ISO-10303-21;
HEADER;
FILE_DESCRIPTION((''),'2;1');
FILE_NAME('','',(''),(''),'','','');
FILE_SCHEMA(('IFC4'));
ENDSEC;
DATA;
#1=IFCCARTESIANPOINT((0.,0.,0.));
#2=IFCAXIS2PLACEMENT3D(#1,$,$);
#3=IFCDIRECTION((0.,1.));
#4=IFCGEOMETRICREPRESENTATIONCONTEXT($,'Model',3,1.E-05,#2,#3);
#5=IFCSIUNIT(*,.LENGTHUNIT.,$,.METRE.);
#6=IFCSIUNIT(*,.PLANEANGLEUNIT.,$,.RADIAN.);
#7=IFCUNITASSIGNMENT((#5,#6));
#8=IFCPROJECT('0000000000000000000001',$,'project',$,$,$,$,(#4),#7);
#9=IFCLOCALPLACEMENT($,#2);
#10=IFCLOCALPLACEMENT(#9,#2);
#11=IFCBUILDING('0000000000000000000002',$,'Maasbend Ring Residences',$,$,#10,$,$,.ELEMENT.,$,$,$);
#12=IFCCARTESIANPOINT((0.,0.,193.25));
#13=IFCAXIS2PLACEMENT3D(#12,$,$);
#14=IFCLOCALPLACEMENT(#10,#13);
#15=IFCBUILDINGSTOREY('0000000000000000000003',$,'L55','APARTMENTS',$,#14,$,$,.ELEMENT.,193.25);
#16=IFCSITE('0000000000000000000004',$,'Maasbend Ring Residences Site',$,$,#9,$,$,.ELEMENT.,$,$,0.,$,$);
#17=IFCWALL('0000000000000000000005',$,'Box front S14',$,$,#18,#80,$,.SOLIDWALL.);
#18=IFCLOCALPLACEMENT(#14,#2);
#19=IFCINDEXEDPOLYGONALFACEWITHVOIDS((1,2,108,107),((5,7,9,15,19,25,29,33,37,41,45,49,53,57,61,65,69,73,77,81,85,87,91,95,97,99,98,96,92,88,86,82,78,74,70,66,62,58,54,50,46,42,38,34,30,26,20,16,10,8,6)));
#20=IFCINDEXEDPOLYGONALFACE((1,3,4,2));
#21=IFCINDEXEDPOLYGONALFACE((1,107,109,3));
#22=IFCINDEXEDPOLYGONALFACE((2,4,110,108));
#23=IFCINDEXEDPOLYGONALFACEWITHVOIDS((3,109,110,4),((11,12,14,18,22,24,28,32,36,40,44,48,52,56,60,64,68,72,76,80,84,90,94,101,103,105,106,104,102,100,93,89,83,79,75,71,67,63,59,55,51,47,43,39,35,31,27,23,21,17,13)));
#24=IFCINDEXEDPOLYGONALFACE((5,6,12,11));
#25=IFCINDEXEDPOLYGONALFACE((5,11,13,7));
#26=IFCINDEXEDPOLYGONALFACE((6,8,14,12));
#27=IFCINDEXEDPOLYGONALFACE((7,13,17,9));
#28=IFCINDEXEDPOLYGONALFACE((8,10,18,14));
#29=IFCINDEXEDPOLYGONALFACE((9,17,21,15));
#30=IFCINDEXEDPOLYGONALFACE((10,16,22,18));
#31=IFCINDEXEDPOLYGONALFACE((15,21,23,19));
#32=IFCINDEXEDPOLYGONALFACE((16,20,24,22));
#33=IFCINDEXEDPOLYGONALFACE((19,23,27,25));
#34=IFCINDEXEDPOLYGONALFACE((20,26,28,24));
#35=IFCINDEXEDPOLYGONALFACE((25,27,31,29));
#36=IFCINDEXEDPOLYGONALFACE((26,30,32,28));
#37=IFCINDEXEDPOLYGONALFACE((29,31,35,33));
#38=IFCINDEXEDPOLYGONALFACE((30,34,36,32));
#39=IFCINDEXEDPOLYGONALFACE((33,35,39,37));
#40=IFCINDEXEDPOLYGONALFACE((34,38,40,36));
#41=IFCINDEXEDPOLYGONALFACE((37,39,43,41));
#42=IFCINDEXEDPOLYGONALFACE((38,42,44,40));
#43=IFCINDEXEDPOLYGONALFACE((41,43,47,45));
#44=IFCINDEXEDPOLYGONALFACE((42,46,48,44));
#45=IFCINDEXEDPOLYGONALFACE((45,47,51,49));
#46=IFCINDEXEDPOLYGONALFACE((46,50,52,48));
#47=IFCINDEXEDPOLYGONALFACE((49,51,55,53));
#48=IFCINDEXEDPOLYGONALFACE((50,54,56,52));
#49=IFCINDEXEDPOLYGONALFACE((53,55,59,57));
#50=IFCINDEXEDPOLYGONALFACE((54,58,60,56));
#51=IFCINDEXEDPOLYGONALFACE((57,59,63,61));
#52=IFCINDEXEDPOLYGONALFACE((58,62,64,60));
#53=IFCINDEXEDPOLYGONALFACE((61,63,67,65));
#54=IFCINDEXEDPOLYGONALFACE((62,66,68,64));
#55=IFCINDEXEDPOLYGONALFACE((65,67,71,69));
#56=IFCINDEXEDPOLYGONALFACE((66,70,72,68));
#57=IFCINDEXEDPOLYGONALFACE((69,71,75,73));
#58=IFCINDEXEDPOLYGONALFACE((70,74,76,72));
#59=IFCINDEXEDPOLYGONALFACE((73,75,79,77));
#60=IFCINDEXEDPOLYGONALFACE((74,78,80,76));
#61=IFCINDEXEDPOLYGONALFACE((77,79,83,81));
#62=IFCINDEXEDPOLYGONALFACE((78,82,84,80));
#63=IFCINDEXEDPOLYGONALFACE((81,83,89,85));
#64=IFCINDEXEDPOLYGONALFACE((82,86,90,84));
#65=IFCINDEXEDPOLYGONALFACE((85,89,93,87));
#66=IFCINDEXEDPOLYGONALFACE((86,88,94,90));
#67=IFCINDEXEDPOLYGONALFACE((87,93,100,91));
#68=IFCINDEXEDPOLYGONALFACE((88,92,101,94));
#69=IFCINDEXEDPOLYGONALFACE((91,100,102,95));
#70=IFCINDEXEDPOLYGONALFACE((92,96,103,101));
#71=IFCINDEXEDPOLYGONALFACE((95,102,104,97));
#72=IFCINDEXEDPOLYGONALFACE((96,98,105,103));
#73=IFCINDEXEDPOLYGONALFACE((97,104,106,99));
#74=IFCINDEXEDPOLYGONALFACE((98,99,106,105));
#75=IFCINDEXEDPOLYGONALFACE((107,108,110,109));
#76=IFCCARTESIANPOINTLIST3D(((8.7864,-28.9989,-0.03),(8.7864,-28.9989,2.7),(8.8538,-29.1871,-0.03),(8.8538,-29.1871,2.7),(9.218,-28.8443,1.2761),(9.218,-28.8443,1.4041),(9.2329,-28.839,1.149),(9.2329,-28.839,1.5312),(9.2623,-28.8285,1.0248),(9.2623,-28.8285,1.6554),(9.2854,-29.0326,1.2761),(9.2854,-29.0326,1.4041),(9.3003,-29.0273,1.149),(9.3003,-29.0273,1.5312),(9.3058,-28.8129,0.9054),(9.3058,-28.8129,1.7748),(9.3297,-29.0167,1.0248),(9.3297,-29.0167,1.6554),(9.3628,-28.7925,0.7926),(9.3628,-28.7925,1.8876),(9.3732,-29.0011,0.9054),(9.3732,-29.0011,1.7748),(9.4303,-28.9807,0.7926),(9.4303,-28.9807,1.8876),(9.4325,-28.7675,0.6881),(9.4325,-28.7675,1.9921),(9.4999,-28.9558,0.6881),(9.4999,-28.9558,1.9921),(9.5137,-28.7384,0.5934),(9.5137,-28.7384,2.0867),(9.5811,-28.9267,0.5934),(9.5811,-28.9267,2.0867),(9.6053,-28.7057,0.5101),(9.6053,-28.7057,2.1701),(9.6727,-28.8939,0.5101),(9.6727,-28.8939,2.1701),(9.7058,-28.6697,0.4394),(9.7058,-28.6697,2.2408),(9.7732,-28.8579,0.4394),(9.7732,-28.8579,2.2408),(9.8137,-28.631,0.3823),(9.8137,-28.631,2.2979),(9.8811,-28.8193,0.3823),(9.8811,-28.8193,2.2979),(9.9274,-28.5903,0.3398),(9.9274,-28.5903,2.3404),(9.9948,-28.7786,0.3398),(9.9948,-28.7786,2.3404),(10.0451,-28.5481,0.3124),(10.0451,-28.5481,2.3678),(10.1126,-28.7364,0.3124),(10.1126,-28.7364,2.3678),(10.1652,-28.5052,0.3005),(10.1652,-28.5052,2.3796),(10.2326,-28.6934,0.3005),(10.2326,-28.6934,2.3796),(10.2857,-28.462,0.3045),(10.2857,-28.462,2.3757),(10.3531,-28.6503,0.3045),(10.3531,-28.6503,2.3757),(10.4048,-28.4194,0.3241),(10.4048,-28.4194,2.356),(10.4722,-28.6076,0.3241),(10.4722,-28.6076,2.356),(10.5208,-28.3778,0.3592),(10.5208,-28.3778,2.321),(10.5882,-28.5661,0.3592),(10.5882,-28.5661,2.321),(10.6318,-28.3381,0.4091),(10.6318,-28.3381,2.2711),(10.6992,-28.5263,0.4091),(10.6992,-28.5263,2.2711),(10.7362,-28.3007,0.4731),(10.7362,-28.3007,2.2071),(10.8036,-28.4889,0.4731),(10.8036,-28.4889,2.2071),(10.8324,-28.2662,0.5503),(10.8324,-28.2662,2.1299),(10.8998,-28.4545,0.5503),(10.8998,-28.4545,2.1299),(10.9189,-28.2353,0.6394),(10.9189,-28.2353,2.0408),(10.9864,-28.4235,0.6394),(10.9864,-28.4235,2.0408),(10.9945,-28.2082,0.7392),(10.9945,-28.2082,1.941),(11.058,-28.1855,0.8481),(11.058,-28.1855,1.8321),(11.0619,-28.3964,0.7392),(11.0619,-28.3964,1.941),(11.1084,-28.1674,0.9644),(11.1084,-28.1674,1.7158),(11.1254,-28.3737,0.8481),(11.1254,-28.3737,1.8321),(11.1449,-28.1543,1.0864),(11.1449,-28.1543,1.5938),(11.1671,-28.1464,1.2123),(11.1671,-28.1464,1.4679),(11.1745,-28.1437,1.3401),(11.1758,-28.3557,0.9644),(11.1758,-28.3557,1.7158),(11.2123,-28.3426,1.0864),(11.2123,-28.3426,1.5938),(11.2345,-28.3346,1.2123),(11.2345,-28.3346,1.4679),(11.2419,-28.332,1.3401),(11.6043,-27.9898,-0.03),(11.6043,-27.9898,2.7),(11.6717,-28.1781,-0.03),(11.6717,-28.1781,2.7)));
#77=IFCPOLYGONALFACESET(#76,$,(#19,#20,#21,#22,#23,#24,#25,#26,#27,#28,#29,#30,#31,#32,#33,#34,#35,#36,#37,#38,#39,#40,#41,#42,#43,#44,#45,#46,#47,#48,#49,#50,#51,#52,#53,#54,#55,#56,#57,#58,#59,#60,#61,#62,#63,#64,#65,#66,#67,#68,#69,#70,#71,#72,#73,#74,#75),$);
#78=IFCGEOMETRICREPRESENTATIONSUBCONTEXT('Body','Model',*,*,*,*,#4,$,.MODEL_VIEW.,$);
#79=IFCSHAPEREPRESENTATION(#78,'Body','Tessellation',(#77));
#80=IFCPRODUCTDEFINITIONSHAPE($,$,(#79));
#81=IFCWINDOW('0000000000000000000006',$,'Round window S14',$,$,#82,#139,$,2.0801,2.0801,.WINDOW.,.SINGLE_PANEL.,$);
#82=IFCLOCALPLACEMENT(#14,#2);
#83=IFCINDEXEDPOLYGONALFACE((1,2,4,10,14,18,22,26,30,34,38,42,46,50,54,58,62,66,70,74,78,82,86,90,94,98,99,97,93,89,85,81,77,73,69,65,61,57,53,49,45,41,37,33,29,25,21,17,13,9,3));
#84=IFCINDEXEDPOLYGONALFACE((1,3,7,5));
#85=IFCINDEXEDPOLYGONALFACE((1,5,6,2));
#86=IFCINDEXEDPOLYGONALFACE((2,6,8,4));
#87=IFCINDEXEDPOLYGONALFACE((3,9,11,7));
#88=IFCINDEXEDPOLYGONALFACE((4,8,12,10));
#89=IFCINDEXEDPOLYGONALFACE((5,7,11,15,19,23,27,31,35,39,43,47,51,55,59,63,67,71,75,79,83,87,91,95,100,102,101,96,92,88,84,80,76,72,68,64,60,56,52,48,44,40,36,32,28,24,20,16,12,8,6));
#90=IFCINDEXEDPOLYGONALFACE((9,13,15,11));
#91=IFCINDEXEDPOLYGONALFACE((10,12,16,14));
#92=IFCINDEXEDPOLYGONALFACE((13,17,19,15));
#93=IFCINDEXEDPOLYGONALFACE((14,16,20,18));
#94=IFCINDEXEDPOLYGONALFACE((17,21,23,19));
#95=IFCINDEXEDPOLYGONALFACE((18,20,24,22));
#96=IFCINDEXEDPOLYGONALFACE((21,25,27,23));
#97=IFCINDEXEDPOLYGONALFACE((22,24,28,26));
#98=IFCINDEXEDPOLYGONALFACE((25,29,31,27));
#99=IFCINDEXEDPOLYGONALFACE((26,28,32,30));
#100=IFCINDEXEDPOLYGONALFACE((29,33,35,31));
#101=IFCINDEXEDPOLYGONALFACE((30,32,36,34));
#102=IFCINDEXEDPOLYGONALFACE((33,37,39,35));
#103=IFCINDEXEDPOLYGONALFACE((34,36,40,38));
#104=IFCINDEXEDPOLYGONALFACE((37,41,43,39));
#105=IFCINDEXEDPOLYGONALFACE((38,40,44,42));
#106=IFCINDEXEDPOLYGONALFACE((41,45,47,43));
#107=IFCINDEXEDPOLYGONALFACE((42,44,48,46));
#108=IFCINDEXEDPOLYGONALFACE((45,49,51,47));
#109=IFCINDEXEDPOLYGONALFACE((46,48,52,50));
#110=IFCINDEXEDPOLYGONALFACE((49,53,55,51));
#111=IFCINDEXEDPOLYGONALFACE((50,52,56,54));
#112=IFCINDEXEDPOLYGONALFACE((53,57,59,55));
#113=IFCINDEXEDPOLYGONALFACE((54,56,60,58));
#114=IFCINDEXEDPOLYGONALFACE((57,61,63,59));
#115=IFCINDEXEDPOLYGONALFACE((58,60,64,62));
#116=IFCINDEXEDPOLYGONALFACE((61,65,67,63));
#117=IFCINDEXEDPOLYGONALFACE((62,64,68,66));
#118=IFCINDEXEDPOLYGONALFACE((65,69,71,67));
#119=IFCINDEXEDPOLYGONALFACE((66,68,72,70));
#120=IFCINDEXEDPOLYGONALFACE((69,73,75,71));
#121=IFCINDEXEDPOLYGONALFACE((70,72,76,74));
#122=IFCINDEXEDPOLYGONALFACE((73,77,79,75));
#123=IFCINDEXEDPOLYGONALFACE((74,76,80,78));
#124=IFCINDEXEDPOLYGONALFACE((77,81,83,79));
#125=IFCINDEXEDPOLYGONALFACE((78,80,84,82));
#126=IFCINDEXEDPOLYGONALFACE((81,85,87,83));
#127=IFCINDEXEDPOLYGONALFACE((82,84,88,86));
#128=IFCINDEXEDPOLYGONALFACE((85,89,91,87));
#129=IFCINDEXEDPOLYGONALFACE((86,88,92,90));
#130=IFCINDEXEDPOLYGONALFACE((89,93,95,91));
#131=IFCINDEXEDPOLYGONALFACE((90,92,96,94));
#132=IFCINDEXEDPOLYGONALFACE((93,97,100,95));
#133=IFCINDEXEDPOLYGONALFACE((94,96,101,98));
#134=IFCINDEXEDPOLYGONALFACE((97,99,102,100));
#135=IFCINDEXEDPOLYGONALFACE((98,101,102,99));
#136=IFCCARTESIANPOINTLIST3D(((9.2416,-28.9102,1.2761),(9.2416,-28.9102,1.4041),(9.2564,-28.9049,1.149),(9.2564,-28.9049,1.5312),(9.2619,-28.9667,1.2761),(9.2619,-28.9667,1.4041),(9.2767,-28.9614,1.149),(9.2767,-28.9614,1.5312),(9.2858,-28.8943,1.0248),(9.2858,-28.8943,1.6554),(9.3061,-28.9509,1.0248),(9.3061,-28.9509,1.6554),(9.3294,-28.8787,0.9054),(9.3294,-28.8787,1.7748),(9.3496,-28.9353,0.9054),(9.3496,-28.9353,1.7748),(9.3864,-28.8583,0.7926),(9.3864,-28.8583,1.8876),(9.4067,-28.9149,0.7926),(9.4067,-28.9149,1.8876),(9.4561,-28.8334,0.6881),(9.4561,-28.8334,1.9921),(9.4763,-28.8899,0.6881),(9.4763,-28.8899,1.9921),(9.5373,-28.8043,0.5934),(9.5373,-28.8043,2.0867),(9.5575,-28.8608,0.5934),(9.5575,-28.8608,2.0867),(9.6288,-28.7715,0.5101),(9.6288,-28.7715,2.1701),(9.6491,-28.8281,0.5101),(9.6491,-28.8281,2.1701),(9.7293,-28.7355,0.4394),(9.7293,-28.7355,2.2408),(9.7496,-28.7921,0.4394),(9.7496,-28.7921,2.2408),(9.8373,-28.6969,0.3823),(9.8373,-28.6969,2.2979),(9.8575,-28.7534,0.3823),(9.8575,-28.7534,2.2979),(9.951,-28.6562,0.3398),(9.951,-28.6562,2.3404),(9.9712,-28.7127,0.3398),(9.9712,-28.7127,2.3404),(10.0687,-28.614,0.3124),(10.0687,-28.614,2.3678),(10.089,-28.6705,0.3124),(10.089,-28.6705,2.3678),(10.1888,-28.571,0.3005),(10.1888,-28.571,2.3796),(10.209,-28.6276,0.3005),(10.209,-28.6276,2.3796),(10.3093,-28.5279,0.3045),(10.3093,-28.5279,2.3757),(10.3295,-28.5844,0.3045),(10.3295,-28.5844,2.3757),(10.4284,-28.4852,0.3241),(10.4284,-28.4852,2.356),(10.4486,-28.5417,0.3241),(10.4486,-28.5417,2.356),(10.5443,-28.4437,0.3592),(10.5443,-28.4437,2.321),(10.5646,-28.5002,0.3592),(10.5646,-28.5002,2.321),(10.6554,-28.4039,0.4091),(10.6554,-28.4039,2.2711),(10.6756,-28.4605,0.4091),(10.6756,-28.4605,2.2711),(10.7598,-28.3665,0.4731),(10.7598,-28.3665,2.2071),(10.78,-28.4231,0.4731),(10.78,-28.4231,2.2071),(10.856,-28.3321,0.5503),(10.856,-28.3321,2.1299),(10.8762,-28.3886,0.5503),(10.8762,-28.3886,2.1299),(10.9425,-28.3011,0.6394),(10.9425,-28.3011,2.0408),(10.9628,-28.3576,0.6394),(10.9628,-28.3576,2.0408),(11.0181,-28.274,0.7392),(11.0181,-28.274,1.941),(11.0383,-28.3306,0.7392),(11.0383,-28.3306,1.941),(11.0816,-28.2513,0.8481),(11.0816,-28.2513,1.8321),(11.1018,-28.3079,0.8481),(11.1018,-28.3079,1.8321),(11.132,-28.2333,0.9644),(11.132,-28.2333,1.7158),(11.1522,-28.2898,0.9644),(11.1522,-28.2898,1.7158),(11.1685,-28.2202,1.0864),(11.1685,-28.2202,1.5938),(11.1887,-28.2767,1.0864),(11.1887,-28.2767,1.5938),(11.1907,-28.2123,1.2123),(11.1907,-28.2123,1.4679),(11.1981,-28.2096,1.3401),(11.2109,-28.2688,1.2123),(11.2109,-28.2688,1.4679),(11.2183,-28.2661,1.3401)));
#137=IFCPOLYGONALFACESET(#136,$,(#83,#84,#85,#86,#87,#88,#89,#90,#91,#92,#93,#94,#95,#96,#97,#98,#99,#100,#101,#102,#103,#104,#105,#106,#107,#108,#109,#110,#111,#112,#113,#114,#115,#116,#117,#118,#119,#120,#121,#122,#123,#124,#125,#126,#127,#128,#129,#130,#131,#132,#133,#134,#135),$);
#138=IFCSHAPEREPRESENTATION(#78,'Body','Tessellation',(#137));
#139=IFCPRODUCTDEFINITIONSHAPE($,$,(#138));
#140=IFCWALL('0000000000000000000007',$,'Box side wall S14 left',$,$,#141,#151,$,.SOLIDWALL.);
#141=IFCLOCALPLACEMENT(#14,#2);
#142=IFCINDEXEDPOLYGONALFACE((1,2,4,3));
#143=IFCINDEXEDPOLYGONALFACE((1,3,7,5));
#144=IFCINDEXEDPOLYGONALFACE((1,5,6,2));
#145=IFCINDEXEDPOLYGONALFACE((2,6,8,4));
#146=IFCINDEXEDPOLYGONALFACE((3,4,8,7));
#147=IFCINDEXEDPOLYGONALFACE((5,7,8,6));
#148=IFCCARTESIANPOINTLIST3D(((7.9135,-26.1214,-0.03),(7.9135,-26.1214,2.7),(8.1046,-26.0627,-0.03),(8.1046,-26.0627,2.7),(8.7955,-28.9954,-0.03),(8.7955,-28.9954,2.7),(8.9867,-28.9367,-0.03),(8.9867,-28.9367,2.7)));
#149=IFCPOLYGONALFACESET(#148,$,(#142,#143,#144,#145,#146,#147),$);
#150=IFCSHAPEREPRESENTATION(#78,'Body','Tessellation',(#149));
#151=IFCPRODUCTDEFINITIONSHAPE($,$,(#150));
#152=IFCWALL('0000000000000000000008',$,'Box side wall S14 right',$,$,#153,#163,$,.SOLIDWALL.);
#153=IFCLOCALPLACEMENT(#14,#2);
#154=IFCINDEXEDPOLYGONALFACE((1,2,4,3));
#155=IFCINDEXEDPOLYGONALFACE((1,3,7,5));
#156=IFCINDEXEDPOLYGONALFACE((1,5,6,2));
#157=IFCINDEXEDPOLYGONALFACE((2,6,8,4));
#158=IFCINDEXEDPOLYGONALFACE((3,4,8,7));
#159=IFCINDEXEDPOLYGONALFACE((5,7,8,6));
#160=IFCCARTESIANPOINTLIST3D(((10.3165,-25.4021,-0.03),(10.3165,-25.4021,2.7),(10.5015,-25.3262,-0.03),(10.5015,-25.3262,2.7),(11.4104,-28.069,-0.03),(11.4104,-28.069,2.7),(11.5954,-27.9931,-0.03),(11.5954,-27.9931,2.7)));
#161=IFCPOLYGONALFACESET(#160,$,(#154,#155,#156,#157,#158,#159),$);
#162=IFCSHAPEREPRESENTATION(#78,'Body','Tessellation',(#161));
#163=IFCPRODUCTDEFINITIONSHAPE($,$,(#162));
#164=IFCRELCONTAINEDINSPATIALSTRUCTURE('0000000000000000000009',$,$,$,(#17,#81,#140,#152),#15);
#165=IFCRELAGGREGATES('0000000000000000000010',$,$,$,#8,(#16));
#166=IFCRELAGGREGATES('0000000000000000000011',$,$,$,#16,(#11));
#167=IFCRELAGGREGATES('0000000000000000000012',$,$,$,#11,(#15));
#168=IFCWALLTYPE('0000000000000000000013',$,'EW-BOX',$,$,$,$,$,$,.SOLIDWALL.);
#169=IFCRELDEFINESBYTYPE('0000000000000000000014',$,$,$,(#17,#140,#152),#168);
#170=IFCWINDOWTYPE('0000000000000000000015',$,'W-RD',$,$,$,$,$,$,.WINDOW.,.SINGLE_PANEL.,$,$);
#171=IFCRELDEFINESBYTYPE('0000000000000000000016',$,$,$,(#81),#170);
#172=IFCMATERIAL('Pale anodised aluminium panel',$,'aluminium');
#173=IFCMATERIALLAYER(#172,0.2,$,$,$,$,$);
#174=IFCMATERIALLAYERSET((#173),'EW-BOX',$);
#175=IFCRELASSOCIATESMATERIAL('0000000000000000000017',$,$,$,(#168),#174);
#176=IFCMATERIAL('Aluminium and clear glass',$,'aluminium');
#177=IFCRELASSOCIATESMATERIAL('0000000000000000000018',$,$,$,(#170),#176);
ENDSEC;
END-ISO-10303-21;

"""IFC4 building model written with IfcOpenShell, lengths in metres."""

from ifc_helpers import new_model, si_unit, direction, frame, frame_2d, origin, place, context, subcontext, project, spatial, rectangle, circle, extrude, material, layer, layer_set, type_object, element, fill, save


model = new_model("IFC4")

# Units and contexts
model_context = context("Model", 3, precision=1e-05, world=origin(), true_north=direction((0.0, 1.0)))
body_context = subcontext(model_context, "Body", "Model", "MODEL_VIEW")
ifc_project = project(units=[si_unit("LENGTHUNIT", "METRE"), si_unit("PLANEANGLEUNIT", "RADIAN")], contexts=[model_context])

# Site, building, storey
site_placement = place(None, origin())
site = spatial("IfcSite", under=ifc_project, at=site_placement, Name="Maasbend Ring Residences Site", CompositionType="ELEMENT", RefElevation=0.0)
building_placement = place(site_placement, origin())
building = spatial("IfcBuilding", under=site, at=building_placement, Name="Maasbend Ring Residences", CompositionType="ELEMENT")
storey_placement = place(building_placement, frame((0.0, 0.0, 193.25)))
storey = spatial("IfcBuildingStorey", under=building, at=storey_placement, Name="L55", Description="APARTMENTS", CompositionType="ELEMENT", Elevation=193.25)

# Shared definitions
ifc_material_1 = material(Name="Pale anodised aluminium panel", Category="aluminium")
ifc_layer_1 = layer(ifc_material_1, 0.2)
ifc_layer_set_1 = layer_set([ifc_layer_1], Name="EW-BOX")
wall_type_1 = type_object("IfcWallType", Name="EW-BOX", PredefinedType="SOLIDWALL", material=ifc_layer_set_1)
ifc_material_2 = material(Name="Aluminium and clear glass", Category="aluminium")
window_type_1 = type_object("IfcWindowType", Name="W-RD", PartitioningType="SINGLE_PANEL", PredefinedType="WINDOW", material=ifc_material_2)

# Wall, opening, window
wall_1_placement = place(storey_placement, frame((8.8201, -29.093, -0.03), z_axis=(0.0, 0.0, 1.0), x_axis=(0.941461, 0.337122, 0.0)))
wall_1 = element("IfcWall", 1, at=wall_1_placement, inside=storey, type_object=wall_type_1, Name="Box front S14", PredefinedType="SOLIDWALL", context=body_context, shape_type="SweptSolid", body=[
    extrude(rectangle(XDim=2.9932, YDim=0.2, at=frame_2d((1.4966, 0.0))), origin(), (0.0, 0.0, 1.0), 2.73),
])
opening_1_placement = place(wall_1_placement, frame((0.4565, 0.0, 0.3301)))
opening_1 = element("IfcOpeningElement", 2, at=opening_1_placement, cuts=wall_1, PredefinedType="OPENING", context=body_context, shape_type="SweptSolid", body=[
    extrude(circle(Radius=1.04, at=frame_2d((1.04, 1.04))), frame((0.0, 0.1099, 0.0), z_axis=(0.0, -1.0, 0.0), x_axis=(1.0, 0.0, 0.0)), (0.0, 0.0, 1.0), 0.22),
])
window_1_placement = place(opening_1_placement, origin())
window_1 = element("IfcWindow", 3, at=window_1_placement, inside=storey, type_object=window_type_1, Name="Round window S14", OverallHeight=2.0801, OverallWidth=2.0801, PartitioningType="SINGLE_PANEL", PredefinedType="WINDOW", context=body_context, shape_type="SweptSolid", body=[
    extrude(circle(Radius=1.04, at=frame_2d((1.04, 1.04))), frame((0.0, 0.03, 0.0), z_axis=(0.0, -1.0, 0.0), x_axis=(1.0, 0.0, 0.0)), (0.0, 0.0, 1.0), 0.0601),
])
fill(opening_1, window_1)

# Walls
wall_2_placement = place(storey_placement, frame((8.009, -26.092, -0.03), z_axis=(0.0, 0.0, 1.0), x_axis=(0.293407, -0.955988, 0.0)))
element("IfcWall", 4, at=wall_2_placement, inside=storey, type_object=wall_type_1, Name="Box side wall S14 left", PredefinedType="SOLIDWALL", context=body_context, shape_type="SweptSolid", body=[
    extrude(rectangle(XDim=3.0063, YDim=0.2, at=frame_2d((1.5032, 0.0))), origin(), (0.0, 0.0, 1.0), 2.73),
])
wall_3_placement = place(storey_placement, frame((10.4089, -25.364, -0.03), z_axis=(0.0, 0.0, 1.0), x_axis=(0.37951, -0.925188, 0.0)))
element("IfcWall", 5, at=wall_3_placement, inside=storey, type_object=wall_type_1, Name="Box side wall S14 right", PredefinedType="SOLIDWALL", context=body_context, shape_type="SweptSolid", body=[
    extrude(rectangle(XDim=2.8826, YDim=0.2, at=frame_2d((1.4414, 0.0))), origin(), (0.0, 0.0, 1.0), 2.73),
])

save(model, "model.ifc")
